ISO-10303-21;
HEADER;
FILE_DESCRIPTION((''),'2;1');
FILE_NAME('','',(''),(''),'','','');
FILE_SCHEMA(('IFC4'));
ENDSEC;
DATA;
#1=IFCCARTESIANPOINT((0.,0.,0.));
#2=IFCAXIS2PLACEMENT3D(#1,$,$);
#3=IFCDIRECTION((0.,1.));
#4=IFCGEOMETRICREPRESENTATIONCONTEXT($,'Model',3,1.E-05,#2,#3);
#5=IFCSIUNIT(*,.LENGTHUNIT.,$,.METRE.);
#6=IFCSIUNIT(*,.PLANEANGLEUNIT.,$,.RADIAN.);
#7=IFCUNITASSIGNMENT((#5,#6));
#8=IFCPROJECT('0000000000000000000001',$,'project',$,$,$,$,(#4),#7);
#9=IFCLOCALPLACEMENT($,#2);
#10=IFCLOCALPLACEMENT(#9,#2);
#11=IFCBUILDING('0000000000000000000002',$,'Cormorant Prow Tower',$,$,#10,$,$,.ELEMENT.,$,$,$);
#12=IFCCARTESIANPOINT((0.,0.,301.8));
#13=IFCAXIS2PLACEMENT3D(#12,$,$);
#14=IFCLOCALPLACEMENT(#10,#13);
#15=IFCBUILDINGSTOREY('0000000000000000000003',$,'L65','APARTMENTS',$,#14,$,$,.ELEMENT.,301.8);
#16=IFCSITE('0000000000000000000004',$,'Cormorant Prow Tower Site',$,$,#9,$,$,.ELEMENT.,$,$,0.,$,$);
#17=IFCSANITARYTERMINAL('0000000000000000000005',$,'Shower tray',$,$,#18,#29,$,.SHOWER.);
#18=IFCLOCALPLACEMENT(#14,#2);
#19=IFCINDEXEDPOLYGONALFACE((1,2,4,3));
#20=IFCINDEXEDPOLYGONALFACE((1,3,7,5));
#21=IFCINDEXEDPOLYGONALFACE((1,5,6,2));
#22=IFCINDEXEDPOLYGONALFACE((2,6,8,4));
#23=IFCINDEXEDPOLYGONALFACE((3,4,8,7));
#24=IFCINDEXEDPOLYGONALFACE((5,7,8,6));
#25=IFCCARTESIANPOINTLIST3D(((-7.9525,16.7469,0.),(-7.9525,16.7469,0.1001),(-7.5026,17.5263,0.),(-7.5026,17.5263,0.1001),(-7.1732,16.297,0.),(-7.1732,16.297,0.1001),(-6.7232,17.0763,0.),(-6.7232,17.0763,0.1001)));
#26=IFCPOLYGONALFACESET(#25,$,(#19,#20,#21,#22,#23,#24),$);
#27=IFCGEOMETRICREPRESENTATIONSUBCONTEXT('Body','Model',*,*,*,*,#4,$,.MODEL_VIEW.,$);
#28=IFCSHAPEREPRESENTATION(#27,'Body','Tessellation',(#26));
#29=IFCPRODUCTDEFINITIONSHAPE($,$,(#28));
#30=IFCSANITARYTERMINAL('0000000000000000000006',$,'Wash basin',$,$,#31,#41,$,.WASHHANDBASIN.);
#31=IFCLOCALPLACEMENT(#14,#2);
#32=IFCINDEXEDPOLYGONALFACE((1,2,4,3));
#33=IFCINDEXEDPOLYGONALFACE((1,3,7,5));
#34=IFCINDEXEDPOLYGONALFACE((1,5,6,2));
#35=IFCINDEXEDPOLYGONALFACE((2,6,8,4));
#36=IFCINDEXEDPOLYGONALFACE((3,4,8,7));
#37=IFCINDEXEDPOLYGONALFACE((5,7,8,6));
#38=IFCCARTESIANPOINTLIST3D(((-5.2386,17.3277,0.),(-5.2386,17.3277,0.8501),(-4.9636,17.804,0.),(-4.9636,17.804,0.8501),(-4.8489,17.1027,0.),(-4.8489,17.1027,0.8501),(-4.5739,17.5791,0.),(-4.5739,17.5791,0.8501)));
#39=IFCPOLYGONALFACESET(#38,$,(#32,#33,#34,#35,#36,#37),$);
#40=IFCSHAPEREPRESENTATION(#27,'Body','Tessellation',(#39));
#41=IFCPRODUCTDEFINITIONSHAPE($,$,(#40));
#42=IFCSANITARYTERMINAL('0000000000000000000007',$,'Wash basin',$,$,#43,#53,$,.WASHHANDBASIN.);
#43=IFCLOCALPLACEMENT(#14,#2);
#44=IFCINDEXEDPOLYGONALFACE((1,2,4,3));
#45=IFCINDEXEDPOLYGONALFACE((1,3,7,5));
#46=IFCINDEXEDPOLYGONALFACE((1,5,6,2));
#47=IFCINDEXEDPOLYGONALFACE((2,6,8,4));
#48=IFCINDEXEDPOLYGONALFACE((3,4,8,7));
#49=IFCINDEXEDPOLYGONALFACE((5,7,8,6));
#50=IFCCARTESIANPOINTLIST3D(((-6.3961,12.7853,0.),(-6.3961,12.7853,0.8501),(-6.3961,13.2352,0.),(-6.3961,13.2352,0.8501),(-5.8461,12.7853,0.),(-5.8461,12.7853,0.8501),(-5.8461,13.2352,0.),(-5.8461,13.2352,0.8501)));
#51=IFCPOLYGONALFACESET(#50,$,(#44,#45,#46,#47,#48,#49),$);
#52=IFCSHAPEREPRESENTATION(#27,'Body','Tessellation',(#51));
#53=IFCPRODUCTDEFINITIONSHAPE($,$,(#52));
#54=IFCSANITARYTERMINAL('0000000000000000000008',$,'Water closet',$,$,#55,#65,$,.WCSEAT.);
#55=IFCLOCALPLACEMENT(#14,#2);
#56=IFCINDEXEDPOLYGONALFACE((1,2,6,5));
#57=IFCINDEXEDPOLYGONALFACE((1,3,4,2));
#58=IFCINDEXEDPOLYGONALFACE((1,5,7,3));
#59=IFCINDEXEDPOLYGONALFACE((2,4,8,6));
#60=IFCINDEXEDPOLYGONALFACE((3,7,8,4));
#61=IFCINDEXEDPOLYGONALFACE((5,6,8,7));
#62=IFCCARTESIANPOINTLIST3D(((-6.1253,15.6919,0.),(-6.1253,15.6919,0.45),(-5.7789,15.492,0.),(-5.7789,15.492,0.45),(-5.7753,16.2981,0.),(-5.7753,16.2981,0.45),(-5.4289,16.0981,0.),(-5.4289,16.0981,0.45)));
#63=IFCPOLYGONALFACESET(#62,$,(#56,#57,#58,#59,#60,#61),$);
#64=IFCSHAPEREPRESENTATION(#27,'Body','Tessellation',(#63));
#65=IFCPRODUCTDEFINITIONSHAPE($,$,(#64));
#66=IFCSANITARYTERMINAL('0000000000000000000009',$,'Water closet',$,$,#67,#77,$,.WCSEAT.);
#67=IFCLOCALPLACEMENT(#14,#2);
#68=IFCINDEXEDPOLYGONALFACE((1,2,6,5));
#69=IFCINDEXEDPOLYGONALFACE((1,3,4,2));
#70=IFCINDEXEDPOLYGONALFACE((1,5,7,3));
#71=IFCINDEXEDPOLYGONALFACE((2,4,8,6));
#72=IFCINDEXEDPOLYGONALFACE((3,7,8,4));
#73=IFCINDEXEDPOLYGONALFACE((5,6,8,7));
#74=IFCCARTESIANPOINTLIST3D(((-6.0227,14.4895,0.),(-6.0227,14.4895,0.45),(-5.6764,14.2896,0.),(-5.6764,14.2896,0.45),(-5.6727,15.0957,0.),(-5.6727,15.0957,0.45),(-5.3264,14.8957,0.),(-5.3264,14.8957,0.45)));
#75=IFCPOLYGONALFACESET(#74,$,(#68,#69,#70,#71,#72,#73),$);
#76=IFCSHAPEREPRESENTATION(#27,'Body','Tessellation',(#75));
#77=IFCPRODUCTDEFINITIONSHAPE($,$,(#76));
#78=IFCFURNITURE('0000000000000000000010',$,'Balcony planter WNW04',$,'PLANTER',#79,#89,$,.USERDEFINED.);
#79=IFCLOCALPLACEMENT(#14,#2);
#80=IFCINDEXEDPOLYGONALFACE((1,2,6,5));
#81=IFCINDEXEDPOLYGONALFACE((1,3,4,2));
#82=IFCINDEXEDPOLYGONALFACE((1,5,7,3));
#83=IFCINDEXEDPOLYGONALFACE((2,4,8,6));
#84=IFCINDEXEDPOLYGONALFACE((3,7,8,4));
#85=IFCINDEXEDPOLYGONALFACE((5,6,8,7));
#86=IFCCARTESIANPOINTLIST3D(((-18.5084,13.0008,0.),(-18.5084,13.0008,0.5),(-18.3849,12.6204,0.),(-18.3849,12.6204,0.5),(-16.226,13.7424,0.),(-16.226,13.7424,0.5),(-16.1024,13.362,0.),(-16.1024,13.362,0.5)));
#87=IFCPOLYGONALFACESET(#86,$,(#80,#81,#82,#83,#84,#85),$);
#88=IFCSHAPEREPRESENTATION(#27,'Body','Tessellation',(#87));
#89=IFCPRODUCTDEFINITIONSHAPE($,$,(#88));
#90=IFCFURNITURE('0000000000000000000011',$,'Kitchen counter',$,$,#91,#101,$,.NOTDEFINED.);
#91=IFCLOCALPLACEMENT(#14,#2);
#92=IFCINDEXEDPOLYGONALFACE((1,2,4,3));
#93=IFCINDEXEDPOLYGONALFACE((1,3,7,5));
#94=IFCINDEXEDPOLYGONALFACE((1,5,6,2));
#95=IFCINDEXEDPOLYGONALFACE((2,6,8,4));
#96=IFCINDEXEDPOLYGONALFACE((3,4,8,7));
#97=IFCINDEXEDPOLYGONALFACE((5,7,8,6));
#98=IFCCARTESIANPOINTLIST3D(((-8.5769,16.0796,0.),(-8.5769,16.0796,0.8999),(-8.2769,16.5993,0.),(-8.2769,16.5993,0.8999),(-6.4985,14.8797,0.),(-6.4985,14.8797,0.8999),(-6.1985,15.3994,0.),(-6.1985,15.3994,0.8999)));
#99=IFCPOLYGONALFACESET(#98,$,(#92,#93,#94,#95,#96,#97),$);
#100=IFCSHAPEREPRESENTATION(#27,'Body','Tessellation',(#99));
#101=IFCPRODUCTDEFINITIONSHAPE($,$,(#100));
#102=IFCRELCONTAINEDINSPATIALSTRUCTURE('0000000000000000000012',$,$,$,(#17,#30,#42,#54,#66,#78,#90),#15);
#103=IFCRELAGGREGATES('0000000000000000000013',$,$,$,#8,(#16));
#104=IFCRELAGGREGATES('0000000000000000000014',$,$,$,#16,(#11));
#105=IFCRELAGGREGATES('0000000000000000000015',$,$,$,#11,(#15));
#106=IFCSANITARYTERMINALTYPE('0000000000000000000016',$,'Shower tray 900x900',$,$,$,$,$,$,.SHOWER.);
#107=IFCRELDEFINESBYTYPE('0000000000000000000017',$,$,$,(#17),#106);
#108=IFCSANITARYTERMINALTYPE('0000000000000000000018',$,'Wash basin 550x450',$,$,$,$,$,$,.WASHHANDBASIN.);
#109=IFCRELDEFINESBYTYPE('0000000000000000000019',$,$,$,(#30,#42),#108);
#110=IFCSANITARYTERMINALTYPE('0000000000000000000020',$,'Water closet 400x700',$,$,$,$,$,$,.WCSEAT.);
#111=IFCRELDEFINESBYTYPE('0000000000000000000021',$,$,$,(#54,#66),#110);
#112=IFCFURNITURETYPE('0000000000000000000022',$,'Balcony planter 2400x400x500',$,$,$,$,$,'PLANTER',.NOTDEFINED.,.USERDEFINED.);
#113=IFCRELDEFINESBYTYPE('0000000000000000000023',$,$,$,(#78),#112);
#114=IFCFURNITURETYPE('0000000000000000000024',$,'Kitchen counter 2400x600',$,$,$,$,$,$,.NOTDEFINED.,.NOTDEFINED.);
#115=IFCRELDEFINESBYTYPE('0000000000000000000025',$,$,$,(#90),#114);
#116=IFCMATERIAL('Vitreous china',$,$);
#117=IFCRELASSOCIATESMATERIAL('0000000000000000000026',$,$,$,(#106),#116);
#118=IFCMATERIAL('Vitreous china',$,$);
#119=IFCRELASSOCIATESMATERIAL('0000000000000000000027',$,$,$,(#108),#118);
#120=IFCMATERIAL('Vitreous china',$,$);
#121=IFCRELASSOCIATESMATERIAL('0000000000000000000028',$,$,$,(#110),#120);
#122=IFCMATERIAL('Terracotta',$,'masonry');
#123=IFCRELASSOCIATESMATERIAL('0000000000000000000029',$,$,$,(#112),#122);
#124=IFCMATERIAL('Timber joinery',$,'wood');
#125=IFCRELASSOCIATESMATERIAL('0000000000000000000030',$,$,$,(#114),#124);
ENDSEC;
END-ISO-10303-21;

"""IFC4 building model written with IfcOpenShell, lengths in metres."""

from ifc_helpers import new_model, si_unit, direction, frame, origin, origin_2d, place, context, subcontext, project, spatial, rectangle, extrude, material, type_object, element, save


model = new_model("IFC4")

# Units and contexts
model_context = context("Model", 3, precision=1e-05, world=origin(), true_north=direction((0.0, 1.0)))
body_context = subcontext(model_context, "Body", "Model", "MODEL_VIEW")
ifc_project = project(units=[si_unit("LENGTHUNIT", "METRE"), si_unit("PLANEANGLEUNIT", "RADIAN")], contexts=[model_context])

# Site, building, storey
site_placement = place(None, origin())
site = spatial("IfcSite", under=ifc_project, at=site_placement, Name="Cormorant Prow Tower Site", CompositionType="ELEMENT", RefElevation=0.0)
building_placement = place(site_placement, origin())
building = spatial("IfcBuilding", under=site, at=building_placement, Name="Cormorant Prow Tower", CompositionType="ELEMENT")
storey_placement = place(building_placement, frame((0.0, 0.0, 301.8)))
storey = spatial("IfcBuildingStorey", under=building, at=storey_placement, Name="L65", Description="APARTMENTS", CompositionType="ELEMENT", Elevation=301.8)

# Sanitary terminals
ifc_material_1 = material(Name="Vitreous china")
sanitary_terminal_type_1 = type_object("IfcSanitaryTerminalType", Name="Shower tray 900x900", PredefinedType="SHOWER", material=ifc_material_1)
sanitary_terminal_1_placement = place(storey_placement, frame((-7.3379, 16.9116, 0.0), z_axis=(0.0, 0.0, 1.0), x_axis=(0.5, 0.866025, 0.0)))
element("IfcSanitaryTerminal", 1, at=sanitary_terminal_1_placement, inside=storey, type_object=sanitary_terminal_type_1, Name="Shower tray", PredefinedType="SHOWER", context=body_context, shape_type="SweptSolid", body=[
    extrude(rectangle(XDim=0.8999, YDim=0.8999, at=origin_2d()), origin(), (0.0, 0.0, 1.0), 0.1001),
])
ifc_material_2 = material(Name="Vitreous china")
sanitary_terminal_type_2 = type_object("IfcSanitaryTerminalType", Name="Wash basin 550x450", PredefinedType="WASHHANDBASIN", material=ifc_material_2)
for number, where, z_axis, x_axis, name in (
    (2, (-4.9062, 17.4534, 0.0), (0.0, 0.0, 1.0), (-0.5, -0.866025, 0.0), "Wash basin"),
    (3, (-6.1211, 13.0103, 0.0), (0.0, 0.0, 1.0), (1.0, 0.0, 0.0), "Wash basin"),
):
    element("IfcSanitaryTerminal", number, at=place(storey_placement, frame(where, z_axis=z_axis, x_axis=x_axis)), inside=storey, type_object=sanitary_terminal_type_2, Name=name, PredefinedType="WASHHANDBASIN", context=body_context, shape_type="SweptSolid", body=[
        extrude(rectangle(XDim=0.55, YDim=0.45, at=origin_2d()), origin(), (0.0, 0.0, 1.0), 0.8501),
    ])
ifc_material_3 = material(Name="Vitreous china")
sanitary_terminal_type_3 = type_object("IfcSanitaryTerminalType", Name="Water closet 400x700", PredefinedType="WCSEAT", material=ifc_material_3)
for number, where, z_axis, x_axis, name in (
    (4, (-5.7771, 15.895, 0.0), (0.0, 0.0, 1.0), (-0.866025, 0.5, 0.0), "Water closet"),
    (5, (-5.6746, 14.6926, 0.0), (0.0, 0.0, 1.0), (0.866025, -0.5, 0.0), "Water closet"),
):
    element("IfcSanitaryTerminal", number, at=place(storey_placement, frame(where, z_axis=z_axis, x_axis=x_axis)), inside=storey, type_object=sanitary_terminal_type_3, Name=name, PredefinedType="WCSEAT", context=body_context, shape_type="SweptSolid", body=[
        extrude(rectangle(XDim=0.3999, YDim=0.7, at=origin_2d()), origin(), (0.0, 0.0, 1.0), 0.45),
    ])

# Furniture
ifc_material_4 = material(Name="Terracotta", Category="masonry")
furniture_type_1 = type_object("IfcFurnitureType", Name="Balcony planter 2400x400x500", ElementType="PLANTER", AssemblyPlace="NOTDEFINED", PredefinedType="USERDEFINED", material=ifc_material_4)
furniture_1_placement = place(storey_placement, frame((-17.3054, 13.1814, 0.0), z_axis=(0.0, 0.0, 1.0), x_axis=(-0.951057, -0.309017, 0.0)))
element("IfcFurniture", 6, at=furniture_1_placement, inside=storey, type_object=furniture_type_1, Name="Balcony planter WNW04", ObjectType="PLANTER", PredefinedType="USERDEFINED", context=body_context, shape_type="SweptSolid", body=[
    extrude(rectangle(XDim=2.3999, YDim=0.3999, at=origin_2d()), origin(), (0.0, 0.0, 1.0), 0.5),
])
ifc_material_5 = material(Name="Timber joinery", Category="wood")
furniture_type_2 = type_object("IfcFurnitureType", Name="Kitchen counter 2400x600", AssemblyPlace="NOTDEFINED", PredefinedType="NOTDEFINED", material=ifc_material_5)
furniture_2_placement = place(storey_placement, frame((-7.3877, 15.7395, 0.0), z_axis=(0.0, 0.0, 1.0), x_axis=(0.866025, -0.5, 0.0)))
element("IfcFurniture", 7, at=furniture_2_placement, inside=storey, type_object=furniture_type_2, Name="Kitchen counter", PredefinedType="NOTDEFINED", context=body_context, shape_type="SweptSolid", body=[
    extrude(rectangle(XDim=2.3999, YDim=0.6001, at=origin_2d()), origin(), (0.0, 0.0, 1.0), 0.8999),
])

save(model, "model.ifc")
